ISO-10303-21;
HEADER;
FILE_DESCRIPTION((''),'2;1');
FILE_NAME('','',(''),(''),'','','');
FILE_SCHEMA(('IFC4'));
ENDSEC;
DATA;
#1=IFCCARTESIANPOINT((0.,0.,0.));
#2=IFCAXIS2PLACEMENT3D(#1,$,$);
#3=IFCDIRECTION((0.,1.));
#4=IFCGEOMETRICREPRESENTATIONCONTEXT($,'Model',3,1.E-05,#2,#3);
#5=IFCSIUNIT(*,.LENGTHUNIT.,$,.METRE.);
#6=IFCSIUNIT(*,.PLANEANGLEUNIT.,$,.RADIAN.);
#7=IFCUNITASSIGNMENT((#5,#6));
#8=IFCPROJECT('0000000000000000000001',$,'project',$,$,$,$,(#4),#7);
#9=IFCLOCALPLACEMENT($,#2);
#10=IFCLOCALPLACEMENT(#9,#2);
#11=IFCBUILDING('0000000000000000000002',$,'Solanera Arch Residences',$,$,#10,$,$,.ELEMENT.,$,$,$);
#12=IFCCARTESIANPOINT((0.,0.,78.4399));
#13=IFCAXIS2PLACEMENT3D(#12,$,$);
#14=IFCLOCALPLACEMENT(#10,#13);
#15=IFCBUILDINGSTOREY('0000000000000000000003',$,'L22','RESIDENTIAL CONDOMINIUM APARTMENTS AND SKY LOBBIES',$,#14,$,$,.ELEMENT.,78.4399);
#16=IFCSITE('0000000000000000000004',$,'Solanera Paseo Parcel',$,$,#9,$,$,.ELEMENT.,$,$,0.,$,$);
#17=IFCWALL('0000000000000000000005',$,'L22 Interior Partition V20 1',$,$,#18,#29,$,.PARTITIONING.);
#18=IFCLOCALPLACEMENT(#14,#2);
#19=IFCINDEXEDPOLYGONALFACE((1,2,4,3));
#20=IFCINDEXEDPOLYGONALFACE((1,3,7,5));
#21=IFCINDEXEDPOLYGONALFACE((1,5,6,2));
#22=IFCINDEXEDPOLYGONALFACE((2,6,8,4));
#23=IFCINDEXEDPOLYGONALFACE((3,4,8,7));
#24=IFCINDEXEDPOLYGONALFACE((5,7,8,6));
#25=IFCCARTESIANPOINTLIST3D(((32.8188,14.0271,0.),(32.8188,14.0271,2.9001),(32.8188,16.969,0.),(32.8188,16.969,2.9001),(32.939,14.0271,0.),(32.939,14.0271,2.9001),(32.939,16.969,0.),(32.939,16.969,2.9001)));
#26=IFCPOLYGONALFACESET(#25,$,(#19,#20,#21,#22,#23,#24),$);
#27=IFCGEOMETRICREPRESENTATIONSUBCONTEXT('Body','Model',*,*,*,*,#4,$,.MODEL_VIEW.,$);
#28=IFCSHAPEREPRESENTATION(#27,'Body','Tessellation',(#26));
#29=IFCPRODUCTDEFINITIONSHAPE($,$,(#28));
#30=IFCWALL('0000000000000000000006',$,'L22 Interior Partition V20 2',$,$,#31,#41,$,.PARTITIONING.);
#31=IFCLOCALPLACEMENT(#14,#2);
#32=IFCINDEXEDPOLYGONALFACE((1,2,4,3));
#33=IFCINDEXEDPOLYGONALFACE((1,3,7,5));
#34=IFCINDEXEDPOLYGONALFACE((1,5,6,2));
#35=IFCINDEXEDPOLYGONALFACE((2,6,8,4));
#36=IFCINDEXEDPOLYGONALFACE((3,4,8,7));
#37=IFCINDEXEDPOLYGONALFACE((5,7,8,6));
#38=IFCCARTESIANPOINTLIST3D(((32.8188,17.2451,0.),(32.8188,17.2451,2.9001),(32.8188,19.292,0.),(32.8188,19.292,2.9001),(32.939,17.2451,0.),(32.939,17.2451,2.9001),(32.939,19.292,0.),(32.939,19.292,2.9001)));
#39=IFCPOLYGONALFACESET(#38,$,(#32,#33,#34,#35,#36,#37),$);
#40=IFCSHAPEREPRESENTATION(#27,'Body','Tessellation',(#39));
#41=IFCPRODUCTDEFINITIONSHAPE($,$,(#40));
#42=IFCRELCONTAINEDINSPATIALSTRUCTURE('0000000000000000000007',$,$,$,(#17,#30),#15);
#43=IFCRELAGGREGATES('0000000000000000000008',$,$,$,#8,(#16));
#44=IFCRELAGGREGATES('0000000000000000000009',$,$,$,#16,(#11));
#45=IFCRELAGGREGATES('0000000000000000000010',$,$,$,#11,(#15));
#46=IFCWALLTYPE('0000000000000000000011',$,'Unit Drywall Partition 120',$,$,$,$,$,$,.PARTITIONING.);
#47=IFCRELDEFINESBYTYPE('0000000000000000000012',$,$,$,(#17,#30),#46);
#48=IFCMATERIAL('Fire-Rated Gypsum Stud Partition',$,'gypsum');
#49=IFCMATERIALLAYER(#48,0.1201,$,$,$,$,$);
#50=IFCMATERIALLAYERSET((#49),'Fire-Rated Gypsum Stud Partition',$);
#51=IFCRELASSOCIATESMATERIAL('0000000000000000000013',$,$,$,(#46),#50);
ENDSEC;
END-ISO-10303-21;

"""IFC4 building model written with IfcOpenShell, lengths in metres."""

from ifc_helpers import new_model, si_unit, direction, frame, frame_2d, origin, place, context, subcontext, project, spatial, rectangle, extrude, material, layer, layer_set, type_object, element, save


model = new_model("IFC4")

# Units and contexts
model_context = context("Model", 3, precision=1e-05, world=origin(), true_north=direction((0.0, 1.0)))
body_context = subcontext(model_context, "Body", "Model", "MODEL_VIEW")
ifc_project = project(units=[si_unit("LENGTHUNIT", "METRE"), si_unit("PLANEANGLEUNIT", "RADIAN")], contexts=[model_context])

# Site, building, storey
site_placement = place(None, origin())
site = spatial("IfcSite", under=ifc_project, at=site_placement, Name="Solanera Paseo Parcel", CompositionType="ELEMENT", RefElevation=0.0)
building_placement = place(site_placement, origin())
building = spatial("IfcBuilding", under=site, at=building_placement, Name="Solanera Arch Residences", CompositionType="ELEMENT")
storey_placement = place(building_placement, frame((0.0, 0.0, 78.4399)))
storey = spatial("IfcBuildingStorey", under=building, at=storey_placement, Name="L22", Description="RESIDENTIAL CONDOMINIUM APARTMENTS AND SKY LOBBIES", CompositionType="ELEMENT", Elevation=78.4399)

# Walls
ifc_material_1 = material(Name="Fire-Rated Gypsum Stud Partition", Category="gypsum")
ifc_layer_1 = layer(ifc_material_1, 0.1201)
ifc_layer_set_1 = layer_set([ifc_layer_1], Name="Fire-Rated Gypsum Stud Partition")
wall_type_1 = type_object("IfcWallType", Name="Unit Drywall Partition 120", PredefinedType="PARTITIONING", material=ifc_layer_set_1)
wall_1_placement = place(storey_placement, frame((32.8789, 14.0271, 0.0), z_axis=(0.0, 0.0, 1.0), x_axis=(0.0, 1.0, 0.0)))
element("IfcWall", 1, at=wall_1_placement, inside=storey, type_object=wall_type_1, Name="L22 Interior Partition V20 1", PredefinedType="PARTITIONING", context=body_context, shape_type="SweptSolid", body=[
    extrude(rectangle(XDim=2.9419, YDim=0.1201, at=frame_2d((1.4709, 0.0))), origin(), (0.0, 0.0, 1.0), 2.9001),
])
wall_2_placement = place(storey_placement, frame((32.8789, 17.2451, 0.0), z_axis=(0.0, 0.0, 1.0), x_axis=(0.0, 1.0, 0.0)))
element("IfcWall", 2, at=wall_2_placement, inside=storey, type_object=wall_type_1, Name="L22 Interior Partition V20 2", PredefinedType="PARTITIONING", context=body_context, shape_type="SweptSolid", body=[
    extrude(rectangle(XDim=2.0469, YDim=0.1201, at=frame_2d((1.0234, 0.0))), origin(), (0.0, 0.0, 1.0), 2.9001),
])

save(model, "model.ifc")
